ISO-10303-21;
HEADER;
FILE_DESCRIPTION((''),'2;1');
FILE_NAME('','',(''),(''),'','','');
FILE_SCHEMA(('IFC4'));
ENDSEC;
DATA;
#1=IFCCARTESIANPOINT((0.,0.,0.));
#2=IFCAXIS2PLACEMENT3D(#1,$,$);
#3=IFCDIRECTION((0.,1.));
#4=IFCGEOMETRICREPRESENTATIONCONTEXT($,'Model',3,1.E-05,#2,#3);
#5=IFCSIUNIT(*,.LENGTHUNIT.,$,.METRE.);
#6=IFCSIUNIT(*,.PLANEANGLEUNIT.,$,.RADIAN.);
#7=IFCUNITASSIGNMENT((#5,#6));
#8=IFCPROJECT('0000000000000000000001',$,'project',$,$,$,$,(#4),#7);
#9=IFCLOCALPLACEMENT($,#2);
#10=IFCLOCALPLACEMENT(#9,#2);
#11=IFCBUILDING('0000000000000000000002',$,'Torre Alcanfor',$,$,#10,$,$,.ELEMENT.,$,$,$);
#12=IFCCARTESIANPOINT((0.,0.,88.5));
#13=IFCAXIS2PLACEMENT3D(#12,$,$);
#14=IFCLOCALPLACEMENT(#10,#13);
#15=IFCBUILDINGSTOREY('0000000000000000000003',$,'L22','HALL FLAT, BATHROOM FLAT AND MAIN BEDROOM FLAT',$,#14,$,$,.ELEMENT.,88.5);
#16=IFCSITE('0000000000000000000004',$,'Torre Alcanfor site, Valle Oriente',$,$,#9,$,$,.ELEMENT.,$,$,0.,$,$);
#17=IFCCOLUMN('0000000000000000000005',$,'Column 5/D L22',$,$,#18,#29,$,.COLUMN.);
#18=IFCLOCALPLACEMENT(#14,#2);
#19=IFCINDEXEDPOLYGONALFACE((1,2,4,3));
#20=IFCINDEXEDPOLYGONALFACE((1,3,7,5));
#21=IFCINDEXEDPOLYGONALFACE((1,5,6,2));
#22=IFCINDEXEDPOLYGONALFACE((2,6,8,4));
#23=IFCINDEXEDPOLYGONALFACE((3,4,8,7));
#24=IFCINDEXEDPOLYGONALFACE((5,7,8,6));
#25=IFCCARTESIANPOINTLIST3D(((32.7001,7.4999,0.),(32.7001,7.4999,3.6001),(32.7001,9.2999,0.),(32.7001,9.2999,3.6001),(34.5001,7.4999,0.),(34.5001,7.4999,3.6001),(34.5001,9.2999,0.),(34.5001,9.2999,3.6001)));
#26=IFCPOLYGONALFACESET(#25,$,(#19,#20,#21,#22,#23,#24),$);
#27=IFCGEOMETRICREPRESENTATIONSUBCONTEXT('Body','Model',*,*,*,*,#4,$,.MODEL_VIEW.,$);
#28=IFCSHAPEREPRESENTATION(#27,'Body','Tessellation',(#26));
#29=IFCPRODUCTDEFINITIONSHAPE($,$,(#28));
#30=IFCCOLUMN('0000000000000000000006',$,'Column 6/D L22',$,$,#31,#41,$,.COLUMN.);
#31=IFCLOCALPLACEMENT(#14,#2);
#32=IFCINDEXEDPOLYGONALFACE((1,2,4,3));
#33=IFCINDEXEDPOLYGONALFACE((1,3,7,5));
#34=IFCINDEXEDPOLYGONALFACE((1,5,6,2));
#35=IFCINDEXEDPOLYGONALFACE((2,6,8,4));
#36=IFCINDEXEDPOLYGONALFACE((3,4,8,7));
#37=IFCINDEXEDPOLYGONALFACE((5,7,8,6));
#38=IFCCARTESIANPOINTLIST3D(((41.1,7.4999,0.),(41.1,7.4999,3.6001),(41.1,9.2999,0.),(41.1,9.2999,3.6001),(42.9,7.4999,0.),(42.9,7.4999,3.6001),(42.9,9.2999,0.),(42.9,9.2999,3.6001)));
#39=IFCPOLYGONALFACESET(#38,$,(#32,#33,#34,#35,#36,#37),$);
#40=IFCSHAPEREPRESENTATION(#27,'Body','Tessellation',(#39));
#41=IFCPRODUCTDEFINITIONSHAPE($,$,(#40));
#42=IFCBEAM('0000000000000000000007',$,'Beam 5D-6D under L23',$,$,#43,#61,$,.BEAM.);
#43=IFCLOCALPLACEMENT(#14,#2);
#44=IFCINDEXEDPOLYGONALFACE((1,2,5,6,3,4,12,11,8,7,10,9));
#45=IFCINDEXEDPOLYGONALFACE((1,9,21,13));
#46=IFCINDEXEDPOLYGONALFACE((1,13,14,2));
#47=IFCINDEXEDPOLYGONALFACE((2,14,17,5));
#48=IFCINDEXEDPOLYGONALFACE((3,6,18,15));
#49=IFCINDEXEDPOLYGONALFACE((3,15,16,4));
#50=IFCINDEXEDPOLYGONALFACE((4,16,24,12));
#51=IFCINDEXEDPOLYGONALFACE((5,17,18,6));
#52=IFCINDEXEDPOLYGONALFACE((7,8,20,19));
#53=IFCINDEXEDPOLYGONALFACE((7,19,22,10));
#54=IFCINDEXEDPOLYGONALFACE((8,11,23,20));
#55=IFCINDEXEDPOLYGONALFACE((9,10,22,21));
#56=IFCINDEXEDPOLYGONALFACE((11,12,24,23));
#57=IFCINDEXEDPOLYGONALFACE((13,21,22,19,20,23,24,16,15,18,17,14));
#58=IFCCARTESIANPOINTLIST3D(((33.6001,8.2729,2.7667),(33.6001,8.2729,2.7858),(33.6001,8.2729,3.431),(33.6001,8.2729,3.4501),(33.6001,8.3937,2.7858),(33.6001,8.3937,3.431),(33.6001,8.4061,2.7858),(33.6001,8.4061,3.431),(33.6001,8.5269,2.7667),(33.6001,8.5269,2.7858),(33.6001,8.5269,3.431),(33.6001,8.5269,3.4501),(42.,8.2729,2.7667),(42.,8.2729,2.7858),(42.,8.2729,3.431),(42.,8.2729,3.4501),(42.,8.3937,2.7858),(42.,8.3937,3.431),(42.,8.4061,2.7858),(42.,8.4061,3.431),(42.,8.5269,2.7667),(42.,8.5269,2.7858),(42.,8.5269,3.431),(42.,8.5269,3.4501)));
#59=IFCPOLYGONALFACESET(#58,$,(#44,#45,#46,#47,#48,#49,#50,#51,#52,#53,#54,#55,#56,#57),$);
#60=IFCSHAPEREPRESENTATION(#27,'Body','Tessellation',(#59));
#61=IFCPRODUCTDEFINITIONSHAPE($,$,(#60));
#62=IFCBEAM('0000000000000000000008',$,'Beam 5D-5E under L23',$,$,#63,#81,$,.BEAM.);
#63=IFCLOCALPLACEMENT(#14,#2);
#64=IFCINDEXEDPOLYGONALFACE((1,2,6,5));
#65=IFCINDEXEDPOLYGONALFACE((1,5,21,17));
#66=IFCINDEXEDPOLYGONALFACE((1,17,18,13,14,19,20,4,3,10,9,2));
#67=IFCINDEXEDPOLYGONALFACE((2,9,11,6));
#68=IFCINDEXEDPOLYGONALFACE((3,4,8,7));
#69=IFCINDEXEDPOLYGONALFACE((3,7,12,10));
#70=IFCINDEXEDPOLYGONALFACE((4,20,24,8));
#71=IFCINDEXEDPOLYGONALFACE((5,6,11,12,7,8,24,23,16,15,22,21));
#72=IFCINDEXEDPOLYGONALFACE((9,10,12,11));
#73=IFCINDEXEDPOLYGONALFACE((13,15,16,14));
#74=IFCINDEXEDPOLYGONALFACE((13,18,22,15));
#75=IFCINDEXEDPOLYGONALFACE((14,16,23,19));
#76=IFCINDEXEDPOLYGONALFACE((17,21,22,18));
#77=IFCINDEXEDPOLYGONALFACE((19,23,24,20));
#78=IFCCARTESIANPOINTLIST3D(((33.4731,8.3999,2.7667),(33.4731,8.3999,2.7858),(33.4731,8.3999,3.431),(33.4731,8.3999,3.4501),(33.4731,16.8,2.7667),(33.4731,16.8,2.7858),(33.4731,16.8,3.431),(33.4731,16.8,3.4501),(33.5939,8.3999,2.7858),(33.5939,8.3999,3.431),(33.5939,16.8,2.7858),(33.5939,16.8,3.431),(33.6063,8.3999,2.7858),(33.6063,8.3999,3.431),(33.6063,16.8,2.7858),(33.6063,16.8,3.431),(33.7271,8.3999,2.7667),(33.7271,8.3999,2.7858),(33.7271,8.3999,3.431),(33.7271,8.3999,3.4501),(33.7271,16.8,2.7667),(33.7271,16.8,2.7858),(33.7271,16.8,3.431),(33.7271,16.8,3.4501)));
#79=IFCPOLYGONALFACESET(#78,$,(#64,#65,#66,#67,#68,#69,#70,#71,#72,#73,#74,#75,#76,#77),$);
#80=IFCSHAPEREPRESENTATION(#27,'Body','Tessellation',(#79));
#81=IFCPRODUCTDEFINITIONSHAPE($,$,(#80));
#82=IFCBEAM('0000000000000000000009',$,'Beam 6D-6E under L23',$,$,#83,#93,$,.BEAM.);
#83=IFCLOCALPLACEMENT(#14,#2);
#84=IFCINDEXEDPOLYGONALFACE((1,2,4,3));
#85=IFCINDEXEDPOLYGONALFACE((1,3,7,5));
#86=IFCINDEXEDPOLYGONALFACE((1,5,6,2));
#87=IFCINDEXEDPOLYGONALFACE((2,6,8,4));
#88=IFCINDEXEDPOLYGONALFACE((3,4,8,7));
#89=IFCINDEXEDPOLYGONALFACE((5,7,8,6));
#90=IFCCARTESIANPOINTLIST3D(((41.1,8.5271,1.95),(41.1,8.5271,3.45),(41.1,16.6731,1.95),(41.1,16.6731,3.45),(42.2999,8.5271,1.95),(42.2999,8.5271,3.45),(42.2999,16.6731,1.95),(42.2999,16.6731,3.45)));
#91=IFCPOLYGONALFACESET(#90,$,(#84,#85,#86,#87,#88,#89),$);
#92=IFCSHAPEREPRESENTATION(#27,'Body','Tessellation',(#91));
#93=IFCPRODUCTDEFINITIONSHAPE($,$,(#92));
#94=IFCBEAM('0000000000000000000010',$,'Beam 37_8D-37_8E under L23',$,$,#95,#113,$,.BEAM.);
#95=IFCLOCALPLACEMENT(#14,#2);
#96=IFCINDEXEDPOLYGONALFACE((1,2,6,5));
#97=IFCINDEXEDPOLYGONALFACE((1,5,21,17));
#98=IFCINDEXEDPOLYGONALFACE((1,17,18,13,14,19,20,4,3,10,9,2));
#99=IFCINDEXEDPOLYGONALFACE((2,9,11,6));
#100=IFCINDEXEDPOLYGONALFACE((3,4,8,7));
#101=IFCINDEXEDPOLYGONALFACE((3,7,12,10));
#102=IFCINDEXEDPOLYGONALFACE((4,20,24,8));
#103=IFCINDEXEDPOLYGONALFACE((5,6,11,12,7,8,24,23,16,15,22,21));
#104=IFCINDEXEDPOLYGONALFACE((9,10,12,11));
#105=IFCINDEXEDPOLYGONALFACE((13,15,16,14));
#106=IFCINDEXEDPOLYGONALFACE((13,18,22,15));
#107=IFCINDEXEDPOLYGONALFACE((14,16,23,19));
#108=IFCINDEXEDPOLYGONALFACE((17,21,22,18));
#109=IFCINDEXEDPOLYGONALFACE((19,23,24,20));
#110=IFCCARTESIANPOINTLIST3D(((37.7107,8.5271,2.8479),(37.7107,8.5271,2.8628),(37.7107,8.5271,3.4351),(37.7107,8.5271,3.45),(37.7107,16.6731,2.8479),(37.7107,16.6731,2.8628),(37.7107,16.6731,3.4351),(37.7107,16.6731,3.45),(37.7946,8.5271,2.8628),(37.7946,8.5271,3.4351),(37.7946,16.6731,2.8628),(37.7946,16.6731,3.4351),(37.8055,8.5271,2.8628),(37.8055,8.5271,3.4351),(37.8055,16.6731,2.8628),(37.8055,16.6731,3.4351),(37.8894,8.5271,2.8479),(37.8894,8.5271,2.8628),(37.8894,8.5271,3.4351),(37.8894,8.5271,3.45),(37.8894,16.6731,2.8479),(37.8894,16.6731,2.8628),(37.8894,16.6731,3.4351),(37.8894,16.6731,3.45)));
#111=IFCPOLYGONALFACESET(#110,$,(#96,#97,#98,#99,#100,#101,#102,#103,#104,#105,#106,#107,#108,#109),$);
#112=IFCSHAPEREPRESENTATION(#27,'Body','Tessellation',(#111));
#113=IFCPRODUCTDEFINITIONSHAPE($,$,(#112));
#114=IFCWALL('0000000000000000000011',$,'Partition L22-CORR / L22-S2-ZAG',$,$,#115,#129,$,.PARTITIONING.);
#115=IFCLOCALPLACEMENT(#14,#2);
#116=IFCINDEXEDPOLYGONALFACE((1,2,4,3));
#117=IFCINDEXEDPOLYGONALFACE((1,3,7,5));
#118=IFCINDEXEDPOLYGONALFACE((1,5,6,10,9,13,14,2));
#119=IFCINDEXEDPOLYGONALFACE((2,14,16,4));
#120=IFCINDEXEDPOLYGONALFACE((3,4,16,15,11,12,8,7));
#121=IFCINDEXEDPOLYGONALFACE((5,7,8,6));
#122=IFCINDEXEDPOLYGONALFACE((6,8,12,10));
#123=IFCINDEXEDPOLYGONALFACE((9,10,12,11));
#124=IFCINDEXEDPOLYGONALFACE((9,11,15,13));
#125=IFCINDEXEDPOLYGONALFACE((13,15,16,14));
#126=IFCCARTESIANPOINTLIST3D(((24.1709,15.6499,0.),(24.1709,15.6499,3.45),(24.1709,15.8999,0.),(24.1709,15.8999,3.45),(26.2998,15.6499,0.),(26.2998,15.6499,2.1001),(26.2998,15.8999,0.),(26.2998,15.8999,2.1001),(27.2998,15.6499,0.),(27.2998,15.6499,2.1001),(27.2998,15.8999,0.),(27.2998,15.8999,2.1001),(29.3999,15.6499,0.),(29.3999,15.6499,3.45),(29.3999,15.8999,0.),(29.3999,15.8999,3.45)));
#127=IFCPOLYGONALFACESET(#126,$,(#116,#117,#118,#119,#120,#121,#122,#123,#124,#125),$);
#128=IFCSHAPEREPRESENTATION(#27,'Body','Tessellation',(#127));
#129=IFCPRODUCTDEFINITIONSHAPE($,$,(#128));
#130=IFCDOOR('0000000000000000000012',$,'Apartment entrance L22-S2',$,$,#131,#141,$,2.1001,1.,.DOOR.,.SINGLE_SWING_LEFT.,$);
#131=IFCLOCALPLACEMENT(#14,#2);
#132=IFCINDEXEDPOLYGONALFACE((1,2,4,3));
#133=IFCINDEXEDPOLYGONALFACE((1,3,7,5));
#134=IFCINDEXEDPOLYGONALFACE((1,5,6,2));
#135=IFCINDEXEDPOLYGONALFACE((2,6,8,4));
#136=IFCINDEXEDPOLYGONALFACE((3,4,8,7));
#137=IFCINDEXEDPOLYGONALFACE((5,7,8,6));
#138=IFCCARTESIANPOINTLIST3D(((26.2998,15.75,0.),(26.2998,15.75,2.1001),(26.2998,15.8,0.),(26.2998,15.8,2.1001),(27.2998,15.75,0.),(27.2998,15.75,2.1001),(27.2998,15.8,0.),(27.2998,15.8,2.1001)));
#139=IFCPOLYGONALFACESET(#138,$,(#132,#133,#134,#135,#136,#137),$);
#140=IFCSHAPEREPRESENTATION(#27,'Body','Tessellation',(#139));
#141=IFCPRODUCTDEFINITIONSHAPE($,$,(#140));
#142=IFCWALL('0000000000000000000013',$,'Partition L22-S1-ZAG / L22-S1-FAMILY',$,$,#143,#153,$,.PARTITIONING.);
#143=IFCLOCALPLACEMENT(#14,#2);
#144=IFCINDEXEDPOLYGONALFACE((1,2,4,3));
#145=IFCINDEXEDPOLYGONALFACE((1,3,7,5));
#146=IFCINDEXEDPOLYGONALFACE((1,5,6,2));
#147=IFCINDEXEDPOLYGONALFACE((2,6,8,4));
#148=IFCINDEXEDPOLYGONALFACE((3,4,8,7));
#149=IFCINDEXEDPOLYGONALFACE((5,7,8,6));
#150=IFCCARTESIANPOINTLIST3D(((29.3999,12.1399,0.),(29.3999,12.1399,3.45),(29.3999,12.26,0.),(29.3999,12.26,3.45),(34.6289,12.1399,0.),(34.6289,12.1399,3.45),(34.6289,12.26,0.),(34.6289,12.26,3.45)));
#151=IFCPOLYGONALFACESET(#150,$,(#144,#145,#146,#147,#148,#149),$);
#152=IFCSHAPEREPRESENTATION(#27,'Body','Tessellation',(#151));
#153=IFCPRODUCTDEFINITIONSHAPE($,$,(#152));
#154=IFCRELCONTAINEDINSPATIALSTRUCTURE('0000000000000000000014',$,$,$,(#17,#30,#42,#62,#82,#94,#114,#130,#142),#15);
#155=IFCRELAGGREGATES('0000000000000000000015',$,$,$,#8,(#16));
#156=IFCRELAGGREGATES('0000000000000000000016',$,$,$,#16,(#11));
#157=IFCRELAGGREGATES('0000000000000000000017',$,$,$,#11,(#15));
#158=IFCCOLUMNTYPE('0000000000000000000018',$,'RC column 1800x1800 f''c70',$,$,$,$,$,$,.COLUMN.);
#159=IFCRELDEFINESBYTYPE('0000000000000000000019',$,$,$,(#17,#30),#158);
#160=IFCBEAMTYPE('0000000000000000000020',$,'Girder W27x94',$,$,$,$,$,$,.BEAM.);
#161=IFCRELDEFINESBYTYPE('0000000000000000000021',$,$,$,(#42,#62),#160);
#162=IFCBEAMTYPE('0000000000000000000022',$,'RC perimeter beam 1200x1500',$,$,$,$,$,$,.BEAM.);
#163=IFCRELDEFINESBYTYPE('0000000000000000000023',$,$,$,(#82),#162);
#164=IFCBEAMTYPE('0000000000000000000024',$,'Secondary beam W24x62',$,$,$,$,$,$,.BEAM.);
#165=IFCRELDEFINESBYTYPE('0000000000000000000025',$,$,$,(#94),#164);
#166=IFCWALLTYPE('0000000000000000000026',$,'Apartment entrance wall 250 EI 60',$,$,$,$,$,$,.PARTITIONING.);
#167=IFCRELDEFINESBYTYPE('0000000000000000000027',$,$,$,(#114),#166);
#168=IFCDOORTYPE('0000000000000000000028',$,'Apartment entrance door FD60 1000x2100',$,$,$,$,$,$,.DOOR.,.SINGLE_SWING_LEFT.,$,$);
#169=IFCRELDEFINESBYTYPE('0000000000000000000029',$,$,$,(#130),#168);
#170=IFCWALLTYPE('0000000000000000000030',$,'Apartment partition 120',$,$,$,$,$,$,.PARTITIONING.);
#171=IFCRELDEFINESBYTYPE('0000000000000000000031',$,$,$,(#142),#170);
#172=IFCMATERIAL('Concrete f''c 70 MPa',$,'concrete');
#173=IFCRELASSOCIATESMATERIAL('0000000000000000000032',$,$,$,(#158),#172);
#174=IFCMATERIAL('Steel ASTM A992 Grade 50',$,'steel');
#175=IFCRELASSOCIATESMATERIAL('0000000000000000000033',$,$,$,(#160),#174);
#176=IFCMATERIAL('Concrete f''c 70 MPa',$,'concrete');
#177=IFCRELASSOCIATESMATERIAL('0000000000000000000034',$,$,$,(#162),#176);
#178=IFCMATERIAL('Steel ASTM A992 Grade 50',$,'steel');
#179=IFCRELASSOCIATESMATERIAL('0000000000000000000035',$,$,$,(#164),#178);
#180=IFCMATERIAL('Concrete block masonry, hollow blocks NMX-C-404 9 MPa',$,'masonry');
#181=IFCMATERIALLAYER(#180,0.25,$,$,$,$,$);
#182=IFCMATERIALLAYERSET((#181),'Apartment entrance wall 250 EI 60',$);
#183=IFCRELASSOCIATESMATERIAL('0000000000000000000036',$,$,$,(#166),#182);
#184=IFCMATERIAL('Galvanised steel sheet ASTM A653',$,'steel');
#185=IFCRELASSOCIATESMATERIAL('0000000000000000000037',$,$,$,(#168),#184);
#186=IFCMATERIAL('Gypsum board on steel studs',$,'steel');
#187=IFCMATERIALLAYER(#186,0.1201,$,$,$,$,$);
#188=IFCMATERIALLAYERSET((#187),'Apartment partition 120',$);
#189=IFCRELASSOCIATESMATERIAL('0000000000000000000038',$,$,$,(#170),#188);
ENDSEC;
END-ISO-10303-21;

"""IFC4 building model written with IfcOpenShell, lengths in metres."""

from ifc_helpers import new_model, si_unit, direction, frame, frame_2d, origin, origin_2d, place, context, subcontext, project, spatial, rectangle, i_section, extrude, material, layer, layer_set, material_profile, profile_set, type_object, element, fill, save


model = new_model("IFC4")

# Units and contexts
model_context = context("Model", 3, precision=1e-05, world=origin(), true_north=direction((0.0, 1.0)))
body_context = subcontext(model_context, "Body", "Model", "MODEL_VIEW")
ifc_project = project(units=[si_unit("LENGTHUNIT", "METRE"), si_unit("PLANEANGLEUNIT", "RADIAN")], contexts=[model_context])

# Site, building, storey
site_placement = place(None, origin())
site = spatial("IfcSite", under=ifc_project, at=site_placement, Name="Torre Alcanfor site, Valle Oriente", CompositionType="ELEMENT", RefElevation=0.0)
building_placement = place(site_placement, origin())
building = spatial("IfcBuilding", under=site, at=building_placement, Name="Torre Alcanfor", CompositionType="ELEMENT")
storey_placement = place(building_placement, frame((0.0, 0.0, 88.5)))
storey = spatial("IfcBuildingStorey", under=building, at=storey_placement, Name="L22", Description="HALL FLAT, BATHROOM FLAT AND MAIN BEDROOM FLAT", CompositionType="ELEMENT", Elevation=88.5)

# Columns
ifc_material_1 = material(Name="Concrete f'c 70 MPa", Category="concrete")
ifc_material_profile_1 = material_profile(ifc_material_1, rectangle(XDim=1.8, YDim=1.8, at=origin_2d()), Name="1800x1800")
ifc_profile_set_1 = profile_set([ifc_material_profile_1], Name="Concrete f'c 70 MPa")
column_type = type_object("IfcColumnType", Name="RC column 1800x1800 f'c70", PredefinedType="COLUMN", material=ifc_profile_set_1)
for number, where, z_axis, x_axis, name in (
    (1, (33.6001, 8.3999, 0.0), (0.0, 0.0, 1.0), (1.0, 0.0, 0.0), "Column 5/D L22"),
    (2, (42.0, 8.3999, 0.0), (0.0, 0.0, 1.0), (1.0, 0.0, 0.0), "Column 6/D L22"),
):
    element("IfcColumn", number, at=place(storey_placement, frame(where, z_axis=z_axis, x_axis=x_axis)), inside=storey, type_object=column_type, Name=name, PredefinedType="COLUMN", context=body_context, shape_type="SweptSolid", body=[
        extrude(rectangle(XDim=1.8, YDim=1.8, at=origin_2d()), origin(), (0.0, 0.0, 1.0), 3.6001),
    ])

# Beams
ifc_material_2 = material(Name="Steel ASTM A992 Grade 50", Category="steel")
ifc_material_profile_2 = material_profile(ifc_material_2, i_section(OverallWidth=0.2539, OverallDepth=0.6833, WebThickness=0.0125, FlangeThickness=0.019, at=origin_2d()), Name="W27x94")
ifc_profile_set_2 = profile_set([ifc_material_profile_2], Name="Steel ASTM A992 Grade 50")
beam_type_1 = type_object("IfcBeamType", Name="Girder W27x94", PredefinedType="BEAM", material=ifc_profile_set_2)
beam_1_placement = place(storey_placement, frame((33.6001, 8.3999, 3.1084), z_axis=(1.0, 0.0, 0.0), x_axis=(0.0, 1.0, 0.0)))
element("IfcBeam", 3, at=beam_1_placement, inside=storey, type_object=beam_type_1, Name="Beam 5D-6D under L23", PredefinedType="BEAM", context=body_context, shape_type="SweptSolid", body=[
    extrude(i_section(OverallWidth=0.2539, OverallDepth=0.6833, WebThickness=0.0125, FlangeThickness=0.019, at=origin_2d()), origin(), (0.0, 0.0, 1.0), 8.3999),
])
beam_2_placement = place(storey_placement, frame((33.6001, 8.3999, 3.1084), z_axis=(0.0, 1.0, 0.0), x_axis=(-1.0, 0.0, 0.0)))
element("IfcBeam", 4, at=beam_2_placement, inside=storey, type_object=beam_type_1, Name="Beam 5D-5E under L23", PredefinedType="BEAM", context=body_context, shape_type="SweptSolid", body=[
    extrude(i_section(OverallWidth=0.2539, OverallDepth=0.6833, WebThickness=0.0125, FlangeThickness=0.019, at=origin_2d()), origin(), (0.0, 0.0, 1.0), 8.4001),
])
ifc_material_3 = material(Name="Concrete f'c 70 MPa", Category="concrete")
ifc_material_profile_3 = material_profile(ifc_material_3, rectangle(XDim=1.2, YDim=1.5, at=origin_2d()), Name="1200x1500")
ifc_profile_set_3 = profile_set([ifc_material_profile_3], Name="Concrete f'c 70 MPa")
beam_type_2 = type_object("IfcBeamType", Name="RC perimeter beam 1200x1500", PredefinedType="BEAM", material=ifc_profile_set_3)
beam_3_placement = place(storey_placement, frame((41.7, 8.5271, 2.7), z_axis=(0.0, 1.0, 0.0), x_axis=(-1.0, 0.0, 0.0)))
element("IfcBeam", 5, at=beam_3_placement, inside=storey, type_object=beam_type_2, Name="Beam 6D-6E under L23", PredefinedType="BEAM", context=body_context, shape_type="SweptSolid", body=[
    extrude(rectangle(XDim=1.2, YDim=1.5, at=origin_2d()), origin(), (0.0, 0.0, 1.0), 8.146),
])
ifc_material_4 = material(Name="Steel ASTM A992 Grade 50", Category="steel")
ifc_material_profile_4 = material_profile(ifc_material_4, i_section(OverallWidth=0.1787, OverallDepth=0.6021, WebThickness=0.011, FlangeThickness=0.0149, at=origin_2d()), Name="W24x62")
ifc_profile_set_4 = profile_set([ifc_material_profile_4], Name="Steel ASTM A992 Grade 50")
beam_type_3 = type_object("IfcBeamType", Name="Secondary beam W24x62", PredefinedType="BEAM", material=ifc_profile_set_4)
beam_4_placement = place(storey_placement, frame((37.8, 8.5271, 3.1489), z_axis=(0.0, 1.0, 0.0), x_axis=(-1.0, 0.0, 0.0)))
element("IfcBeam", 6, at=beam_4_placement, inside=storey, type_object=beam_type_3, Name="Beam 37_8D-37_8E under L23", PredefinedType="BEAM", context=body_context, shape_type="SweptSolid", body=[
    extrude(i_section(OverallWidth=0.1787, OverallDepth=0.6021, WebThickness=0.011, FlangeThickness=0.0149, at=origin_2d()), origin(), (0.0, 0.0, 1.0), 8.146),
])

# Wall, opening, door
ifc_material_5 = material(Name="Concrete block masonry, hollow blocks NMX-C-404 9 MPa", Category="masonry")
ifc_layer_1 = layer(ifc_material_5, 0.25)
ifc_layer_set_1 = layer_set([ifc_layer_1], Name="Apartment entrance wall 250 EI 60")
wall_type_1 = type_object("IfcWallType", Name="Apartment entrance wall 250 EI 60", PredefinedType="PARTITIONING", material=ifc_layer_set_1)
wall_1_placement = place(storey_placement, frame((29.3999, 15.7749, 0.0), z_axis=(0.0, 0.0, 1.0), x_axis=(-1.0, 0.0, 0.0)))
wall_1 = element("IfcWall", 7, at=wall_1_placement, inside=storey, type_object=wall_type_1, Name="Partition L22-CORR / L22-S2-ZAG", PredefinedType="PARTITIONING", context=body_context, shape_type="SweptSolid", body=[
    extrude(rectangle(XDim=5.229, YDim=0.25, at=frame_2d((2.6145, 0.0))), origin(), (0.0, 0.0, 1.0), 3.45),
])
opening_1_placement = place(wall_1_placement, frame((2.1001, 0.0, 0.0)))
opening_1 = element("IfcOpeningElement", 8, at=opening_1_placement, cuts=wall_1, PredefinedType="OPENING", context=body_context, shape_type="SweptSolid", body=[
    extrude(rectangle(XDim=1.0, YDim=2.1001, at=frame_2d((0.5, 1.05))), frame((0.0, 0.135, 0.0), z_axis=(0.0, -1.0, 0.0), x_axis=(1.0, 0.0, 0.0)), (0.0, 0.0, 1.0), 0.27),
])
ifc_material_6 = material(Name="Galvanised steel sheet ASTM A653", Category="steel")
door_type_1 = type_object("IfcDoorType", Name="Apartment entrance door FD60 1000x2100", OperationType="SINGLE_SWING_LEFT", PredefinedType="DOOR", material=ifc_material_6)
door_1_placement = place(opening_1_placement, origin())
door_1 = element("IfcDoor", 9, at=door_1_placement, inside=storey, type_object=door_type_1, Name="Apartment entrance L22-S2", OperationType="SINGLE_SWING_LEFT", OverallHeight=2.1001, OverallWidth=1.0, PredefinedType="DOOR", context=body_context, shape_type="SweptSolid", body=[
    extrude(rectangle(XDim=1.0, YDim=2.1001, at=frame_2d((0.5, 1.05))), frame((0.0, 0.0249, 0.0), z_axis=(0.0, -1.0, 0.0), x_axis=(1.0, 0.0, 0.0)), (0.0, 0.0, 1.0), 0.05),
])
fill(opening_1, door_1)

# Wall
ifc_material_7 = material(Name="Gypsum board on steel studs", Category="steel")
ifc_layer_2 = layer(ifc_material_7, 0.1201)
ifc_layer_set_2 = layer_set([ifc_layer_2], Name="Apartment partition 120")
wall_type_2 = type_object("IfcWallType", Name="Apartment partition 120", PredefinedType="PARTITIONING", material=ifc_layer_set_2)
wall_2_placement = place(storey_placement, frame((29.3999, 12.2, 0.0), z_axis=(0.0, 0.0, 1.0), x_axis=(1.0, 0.0, 0.0)))
element("IfcWall", 10, at=wall_2_placement, inside=storey, type_object=wall_type_2, Name="Partition L22-S1-ZAG / L22-S1-FAMILY", PredefinedType="PARTITIONING", context=body_context, shape_type="SweptSolid", body=[
    extrude(rectangle(XDim=5.229, YDim=0.1201, at=frame_2d((2.6145, 0.0))), origin(), (0.0, 0.0, 1.0), 3.45),
])

save(model, "model.ifc")
